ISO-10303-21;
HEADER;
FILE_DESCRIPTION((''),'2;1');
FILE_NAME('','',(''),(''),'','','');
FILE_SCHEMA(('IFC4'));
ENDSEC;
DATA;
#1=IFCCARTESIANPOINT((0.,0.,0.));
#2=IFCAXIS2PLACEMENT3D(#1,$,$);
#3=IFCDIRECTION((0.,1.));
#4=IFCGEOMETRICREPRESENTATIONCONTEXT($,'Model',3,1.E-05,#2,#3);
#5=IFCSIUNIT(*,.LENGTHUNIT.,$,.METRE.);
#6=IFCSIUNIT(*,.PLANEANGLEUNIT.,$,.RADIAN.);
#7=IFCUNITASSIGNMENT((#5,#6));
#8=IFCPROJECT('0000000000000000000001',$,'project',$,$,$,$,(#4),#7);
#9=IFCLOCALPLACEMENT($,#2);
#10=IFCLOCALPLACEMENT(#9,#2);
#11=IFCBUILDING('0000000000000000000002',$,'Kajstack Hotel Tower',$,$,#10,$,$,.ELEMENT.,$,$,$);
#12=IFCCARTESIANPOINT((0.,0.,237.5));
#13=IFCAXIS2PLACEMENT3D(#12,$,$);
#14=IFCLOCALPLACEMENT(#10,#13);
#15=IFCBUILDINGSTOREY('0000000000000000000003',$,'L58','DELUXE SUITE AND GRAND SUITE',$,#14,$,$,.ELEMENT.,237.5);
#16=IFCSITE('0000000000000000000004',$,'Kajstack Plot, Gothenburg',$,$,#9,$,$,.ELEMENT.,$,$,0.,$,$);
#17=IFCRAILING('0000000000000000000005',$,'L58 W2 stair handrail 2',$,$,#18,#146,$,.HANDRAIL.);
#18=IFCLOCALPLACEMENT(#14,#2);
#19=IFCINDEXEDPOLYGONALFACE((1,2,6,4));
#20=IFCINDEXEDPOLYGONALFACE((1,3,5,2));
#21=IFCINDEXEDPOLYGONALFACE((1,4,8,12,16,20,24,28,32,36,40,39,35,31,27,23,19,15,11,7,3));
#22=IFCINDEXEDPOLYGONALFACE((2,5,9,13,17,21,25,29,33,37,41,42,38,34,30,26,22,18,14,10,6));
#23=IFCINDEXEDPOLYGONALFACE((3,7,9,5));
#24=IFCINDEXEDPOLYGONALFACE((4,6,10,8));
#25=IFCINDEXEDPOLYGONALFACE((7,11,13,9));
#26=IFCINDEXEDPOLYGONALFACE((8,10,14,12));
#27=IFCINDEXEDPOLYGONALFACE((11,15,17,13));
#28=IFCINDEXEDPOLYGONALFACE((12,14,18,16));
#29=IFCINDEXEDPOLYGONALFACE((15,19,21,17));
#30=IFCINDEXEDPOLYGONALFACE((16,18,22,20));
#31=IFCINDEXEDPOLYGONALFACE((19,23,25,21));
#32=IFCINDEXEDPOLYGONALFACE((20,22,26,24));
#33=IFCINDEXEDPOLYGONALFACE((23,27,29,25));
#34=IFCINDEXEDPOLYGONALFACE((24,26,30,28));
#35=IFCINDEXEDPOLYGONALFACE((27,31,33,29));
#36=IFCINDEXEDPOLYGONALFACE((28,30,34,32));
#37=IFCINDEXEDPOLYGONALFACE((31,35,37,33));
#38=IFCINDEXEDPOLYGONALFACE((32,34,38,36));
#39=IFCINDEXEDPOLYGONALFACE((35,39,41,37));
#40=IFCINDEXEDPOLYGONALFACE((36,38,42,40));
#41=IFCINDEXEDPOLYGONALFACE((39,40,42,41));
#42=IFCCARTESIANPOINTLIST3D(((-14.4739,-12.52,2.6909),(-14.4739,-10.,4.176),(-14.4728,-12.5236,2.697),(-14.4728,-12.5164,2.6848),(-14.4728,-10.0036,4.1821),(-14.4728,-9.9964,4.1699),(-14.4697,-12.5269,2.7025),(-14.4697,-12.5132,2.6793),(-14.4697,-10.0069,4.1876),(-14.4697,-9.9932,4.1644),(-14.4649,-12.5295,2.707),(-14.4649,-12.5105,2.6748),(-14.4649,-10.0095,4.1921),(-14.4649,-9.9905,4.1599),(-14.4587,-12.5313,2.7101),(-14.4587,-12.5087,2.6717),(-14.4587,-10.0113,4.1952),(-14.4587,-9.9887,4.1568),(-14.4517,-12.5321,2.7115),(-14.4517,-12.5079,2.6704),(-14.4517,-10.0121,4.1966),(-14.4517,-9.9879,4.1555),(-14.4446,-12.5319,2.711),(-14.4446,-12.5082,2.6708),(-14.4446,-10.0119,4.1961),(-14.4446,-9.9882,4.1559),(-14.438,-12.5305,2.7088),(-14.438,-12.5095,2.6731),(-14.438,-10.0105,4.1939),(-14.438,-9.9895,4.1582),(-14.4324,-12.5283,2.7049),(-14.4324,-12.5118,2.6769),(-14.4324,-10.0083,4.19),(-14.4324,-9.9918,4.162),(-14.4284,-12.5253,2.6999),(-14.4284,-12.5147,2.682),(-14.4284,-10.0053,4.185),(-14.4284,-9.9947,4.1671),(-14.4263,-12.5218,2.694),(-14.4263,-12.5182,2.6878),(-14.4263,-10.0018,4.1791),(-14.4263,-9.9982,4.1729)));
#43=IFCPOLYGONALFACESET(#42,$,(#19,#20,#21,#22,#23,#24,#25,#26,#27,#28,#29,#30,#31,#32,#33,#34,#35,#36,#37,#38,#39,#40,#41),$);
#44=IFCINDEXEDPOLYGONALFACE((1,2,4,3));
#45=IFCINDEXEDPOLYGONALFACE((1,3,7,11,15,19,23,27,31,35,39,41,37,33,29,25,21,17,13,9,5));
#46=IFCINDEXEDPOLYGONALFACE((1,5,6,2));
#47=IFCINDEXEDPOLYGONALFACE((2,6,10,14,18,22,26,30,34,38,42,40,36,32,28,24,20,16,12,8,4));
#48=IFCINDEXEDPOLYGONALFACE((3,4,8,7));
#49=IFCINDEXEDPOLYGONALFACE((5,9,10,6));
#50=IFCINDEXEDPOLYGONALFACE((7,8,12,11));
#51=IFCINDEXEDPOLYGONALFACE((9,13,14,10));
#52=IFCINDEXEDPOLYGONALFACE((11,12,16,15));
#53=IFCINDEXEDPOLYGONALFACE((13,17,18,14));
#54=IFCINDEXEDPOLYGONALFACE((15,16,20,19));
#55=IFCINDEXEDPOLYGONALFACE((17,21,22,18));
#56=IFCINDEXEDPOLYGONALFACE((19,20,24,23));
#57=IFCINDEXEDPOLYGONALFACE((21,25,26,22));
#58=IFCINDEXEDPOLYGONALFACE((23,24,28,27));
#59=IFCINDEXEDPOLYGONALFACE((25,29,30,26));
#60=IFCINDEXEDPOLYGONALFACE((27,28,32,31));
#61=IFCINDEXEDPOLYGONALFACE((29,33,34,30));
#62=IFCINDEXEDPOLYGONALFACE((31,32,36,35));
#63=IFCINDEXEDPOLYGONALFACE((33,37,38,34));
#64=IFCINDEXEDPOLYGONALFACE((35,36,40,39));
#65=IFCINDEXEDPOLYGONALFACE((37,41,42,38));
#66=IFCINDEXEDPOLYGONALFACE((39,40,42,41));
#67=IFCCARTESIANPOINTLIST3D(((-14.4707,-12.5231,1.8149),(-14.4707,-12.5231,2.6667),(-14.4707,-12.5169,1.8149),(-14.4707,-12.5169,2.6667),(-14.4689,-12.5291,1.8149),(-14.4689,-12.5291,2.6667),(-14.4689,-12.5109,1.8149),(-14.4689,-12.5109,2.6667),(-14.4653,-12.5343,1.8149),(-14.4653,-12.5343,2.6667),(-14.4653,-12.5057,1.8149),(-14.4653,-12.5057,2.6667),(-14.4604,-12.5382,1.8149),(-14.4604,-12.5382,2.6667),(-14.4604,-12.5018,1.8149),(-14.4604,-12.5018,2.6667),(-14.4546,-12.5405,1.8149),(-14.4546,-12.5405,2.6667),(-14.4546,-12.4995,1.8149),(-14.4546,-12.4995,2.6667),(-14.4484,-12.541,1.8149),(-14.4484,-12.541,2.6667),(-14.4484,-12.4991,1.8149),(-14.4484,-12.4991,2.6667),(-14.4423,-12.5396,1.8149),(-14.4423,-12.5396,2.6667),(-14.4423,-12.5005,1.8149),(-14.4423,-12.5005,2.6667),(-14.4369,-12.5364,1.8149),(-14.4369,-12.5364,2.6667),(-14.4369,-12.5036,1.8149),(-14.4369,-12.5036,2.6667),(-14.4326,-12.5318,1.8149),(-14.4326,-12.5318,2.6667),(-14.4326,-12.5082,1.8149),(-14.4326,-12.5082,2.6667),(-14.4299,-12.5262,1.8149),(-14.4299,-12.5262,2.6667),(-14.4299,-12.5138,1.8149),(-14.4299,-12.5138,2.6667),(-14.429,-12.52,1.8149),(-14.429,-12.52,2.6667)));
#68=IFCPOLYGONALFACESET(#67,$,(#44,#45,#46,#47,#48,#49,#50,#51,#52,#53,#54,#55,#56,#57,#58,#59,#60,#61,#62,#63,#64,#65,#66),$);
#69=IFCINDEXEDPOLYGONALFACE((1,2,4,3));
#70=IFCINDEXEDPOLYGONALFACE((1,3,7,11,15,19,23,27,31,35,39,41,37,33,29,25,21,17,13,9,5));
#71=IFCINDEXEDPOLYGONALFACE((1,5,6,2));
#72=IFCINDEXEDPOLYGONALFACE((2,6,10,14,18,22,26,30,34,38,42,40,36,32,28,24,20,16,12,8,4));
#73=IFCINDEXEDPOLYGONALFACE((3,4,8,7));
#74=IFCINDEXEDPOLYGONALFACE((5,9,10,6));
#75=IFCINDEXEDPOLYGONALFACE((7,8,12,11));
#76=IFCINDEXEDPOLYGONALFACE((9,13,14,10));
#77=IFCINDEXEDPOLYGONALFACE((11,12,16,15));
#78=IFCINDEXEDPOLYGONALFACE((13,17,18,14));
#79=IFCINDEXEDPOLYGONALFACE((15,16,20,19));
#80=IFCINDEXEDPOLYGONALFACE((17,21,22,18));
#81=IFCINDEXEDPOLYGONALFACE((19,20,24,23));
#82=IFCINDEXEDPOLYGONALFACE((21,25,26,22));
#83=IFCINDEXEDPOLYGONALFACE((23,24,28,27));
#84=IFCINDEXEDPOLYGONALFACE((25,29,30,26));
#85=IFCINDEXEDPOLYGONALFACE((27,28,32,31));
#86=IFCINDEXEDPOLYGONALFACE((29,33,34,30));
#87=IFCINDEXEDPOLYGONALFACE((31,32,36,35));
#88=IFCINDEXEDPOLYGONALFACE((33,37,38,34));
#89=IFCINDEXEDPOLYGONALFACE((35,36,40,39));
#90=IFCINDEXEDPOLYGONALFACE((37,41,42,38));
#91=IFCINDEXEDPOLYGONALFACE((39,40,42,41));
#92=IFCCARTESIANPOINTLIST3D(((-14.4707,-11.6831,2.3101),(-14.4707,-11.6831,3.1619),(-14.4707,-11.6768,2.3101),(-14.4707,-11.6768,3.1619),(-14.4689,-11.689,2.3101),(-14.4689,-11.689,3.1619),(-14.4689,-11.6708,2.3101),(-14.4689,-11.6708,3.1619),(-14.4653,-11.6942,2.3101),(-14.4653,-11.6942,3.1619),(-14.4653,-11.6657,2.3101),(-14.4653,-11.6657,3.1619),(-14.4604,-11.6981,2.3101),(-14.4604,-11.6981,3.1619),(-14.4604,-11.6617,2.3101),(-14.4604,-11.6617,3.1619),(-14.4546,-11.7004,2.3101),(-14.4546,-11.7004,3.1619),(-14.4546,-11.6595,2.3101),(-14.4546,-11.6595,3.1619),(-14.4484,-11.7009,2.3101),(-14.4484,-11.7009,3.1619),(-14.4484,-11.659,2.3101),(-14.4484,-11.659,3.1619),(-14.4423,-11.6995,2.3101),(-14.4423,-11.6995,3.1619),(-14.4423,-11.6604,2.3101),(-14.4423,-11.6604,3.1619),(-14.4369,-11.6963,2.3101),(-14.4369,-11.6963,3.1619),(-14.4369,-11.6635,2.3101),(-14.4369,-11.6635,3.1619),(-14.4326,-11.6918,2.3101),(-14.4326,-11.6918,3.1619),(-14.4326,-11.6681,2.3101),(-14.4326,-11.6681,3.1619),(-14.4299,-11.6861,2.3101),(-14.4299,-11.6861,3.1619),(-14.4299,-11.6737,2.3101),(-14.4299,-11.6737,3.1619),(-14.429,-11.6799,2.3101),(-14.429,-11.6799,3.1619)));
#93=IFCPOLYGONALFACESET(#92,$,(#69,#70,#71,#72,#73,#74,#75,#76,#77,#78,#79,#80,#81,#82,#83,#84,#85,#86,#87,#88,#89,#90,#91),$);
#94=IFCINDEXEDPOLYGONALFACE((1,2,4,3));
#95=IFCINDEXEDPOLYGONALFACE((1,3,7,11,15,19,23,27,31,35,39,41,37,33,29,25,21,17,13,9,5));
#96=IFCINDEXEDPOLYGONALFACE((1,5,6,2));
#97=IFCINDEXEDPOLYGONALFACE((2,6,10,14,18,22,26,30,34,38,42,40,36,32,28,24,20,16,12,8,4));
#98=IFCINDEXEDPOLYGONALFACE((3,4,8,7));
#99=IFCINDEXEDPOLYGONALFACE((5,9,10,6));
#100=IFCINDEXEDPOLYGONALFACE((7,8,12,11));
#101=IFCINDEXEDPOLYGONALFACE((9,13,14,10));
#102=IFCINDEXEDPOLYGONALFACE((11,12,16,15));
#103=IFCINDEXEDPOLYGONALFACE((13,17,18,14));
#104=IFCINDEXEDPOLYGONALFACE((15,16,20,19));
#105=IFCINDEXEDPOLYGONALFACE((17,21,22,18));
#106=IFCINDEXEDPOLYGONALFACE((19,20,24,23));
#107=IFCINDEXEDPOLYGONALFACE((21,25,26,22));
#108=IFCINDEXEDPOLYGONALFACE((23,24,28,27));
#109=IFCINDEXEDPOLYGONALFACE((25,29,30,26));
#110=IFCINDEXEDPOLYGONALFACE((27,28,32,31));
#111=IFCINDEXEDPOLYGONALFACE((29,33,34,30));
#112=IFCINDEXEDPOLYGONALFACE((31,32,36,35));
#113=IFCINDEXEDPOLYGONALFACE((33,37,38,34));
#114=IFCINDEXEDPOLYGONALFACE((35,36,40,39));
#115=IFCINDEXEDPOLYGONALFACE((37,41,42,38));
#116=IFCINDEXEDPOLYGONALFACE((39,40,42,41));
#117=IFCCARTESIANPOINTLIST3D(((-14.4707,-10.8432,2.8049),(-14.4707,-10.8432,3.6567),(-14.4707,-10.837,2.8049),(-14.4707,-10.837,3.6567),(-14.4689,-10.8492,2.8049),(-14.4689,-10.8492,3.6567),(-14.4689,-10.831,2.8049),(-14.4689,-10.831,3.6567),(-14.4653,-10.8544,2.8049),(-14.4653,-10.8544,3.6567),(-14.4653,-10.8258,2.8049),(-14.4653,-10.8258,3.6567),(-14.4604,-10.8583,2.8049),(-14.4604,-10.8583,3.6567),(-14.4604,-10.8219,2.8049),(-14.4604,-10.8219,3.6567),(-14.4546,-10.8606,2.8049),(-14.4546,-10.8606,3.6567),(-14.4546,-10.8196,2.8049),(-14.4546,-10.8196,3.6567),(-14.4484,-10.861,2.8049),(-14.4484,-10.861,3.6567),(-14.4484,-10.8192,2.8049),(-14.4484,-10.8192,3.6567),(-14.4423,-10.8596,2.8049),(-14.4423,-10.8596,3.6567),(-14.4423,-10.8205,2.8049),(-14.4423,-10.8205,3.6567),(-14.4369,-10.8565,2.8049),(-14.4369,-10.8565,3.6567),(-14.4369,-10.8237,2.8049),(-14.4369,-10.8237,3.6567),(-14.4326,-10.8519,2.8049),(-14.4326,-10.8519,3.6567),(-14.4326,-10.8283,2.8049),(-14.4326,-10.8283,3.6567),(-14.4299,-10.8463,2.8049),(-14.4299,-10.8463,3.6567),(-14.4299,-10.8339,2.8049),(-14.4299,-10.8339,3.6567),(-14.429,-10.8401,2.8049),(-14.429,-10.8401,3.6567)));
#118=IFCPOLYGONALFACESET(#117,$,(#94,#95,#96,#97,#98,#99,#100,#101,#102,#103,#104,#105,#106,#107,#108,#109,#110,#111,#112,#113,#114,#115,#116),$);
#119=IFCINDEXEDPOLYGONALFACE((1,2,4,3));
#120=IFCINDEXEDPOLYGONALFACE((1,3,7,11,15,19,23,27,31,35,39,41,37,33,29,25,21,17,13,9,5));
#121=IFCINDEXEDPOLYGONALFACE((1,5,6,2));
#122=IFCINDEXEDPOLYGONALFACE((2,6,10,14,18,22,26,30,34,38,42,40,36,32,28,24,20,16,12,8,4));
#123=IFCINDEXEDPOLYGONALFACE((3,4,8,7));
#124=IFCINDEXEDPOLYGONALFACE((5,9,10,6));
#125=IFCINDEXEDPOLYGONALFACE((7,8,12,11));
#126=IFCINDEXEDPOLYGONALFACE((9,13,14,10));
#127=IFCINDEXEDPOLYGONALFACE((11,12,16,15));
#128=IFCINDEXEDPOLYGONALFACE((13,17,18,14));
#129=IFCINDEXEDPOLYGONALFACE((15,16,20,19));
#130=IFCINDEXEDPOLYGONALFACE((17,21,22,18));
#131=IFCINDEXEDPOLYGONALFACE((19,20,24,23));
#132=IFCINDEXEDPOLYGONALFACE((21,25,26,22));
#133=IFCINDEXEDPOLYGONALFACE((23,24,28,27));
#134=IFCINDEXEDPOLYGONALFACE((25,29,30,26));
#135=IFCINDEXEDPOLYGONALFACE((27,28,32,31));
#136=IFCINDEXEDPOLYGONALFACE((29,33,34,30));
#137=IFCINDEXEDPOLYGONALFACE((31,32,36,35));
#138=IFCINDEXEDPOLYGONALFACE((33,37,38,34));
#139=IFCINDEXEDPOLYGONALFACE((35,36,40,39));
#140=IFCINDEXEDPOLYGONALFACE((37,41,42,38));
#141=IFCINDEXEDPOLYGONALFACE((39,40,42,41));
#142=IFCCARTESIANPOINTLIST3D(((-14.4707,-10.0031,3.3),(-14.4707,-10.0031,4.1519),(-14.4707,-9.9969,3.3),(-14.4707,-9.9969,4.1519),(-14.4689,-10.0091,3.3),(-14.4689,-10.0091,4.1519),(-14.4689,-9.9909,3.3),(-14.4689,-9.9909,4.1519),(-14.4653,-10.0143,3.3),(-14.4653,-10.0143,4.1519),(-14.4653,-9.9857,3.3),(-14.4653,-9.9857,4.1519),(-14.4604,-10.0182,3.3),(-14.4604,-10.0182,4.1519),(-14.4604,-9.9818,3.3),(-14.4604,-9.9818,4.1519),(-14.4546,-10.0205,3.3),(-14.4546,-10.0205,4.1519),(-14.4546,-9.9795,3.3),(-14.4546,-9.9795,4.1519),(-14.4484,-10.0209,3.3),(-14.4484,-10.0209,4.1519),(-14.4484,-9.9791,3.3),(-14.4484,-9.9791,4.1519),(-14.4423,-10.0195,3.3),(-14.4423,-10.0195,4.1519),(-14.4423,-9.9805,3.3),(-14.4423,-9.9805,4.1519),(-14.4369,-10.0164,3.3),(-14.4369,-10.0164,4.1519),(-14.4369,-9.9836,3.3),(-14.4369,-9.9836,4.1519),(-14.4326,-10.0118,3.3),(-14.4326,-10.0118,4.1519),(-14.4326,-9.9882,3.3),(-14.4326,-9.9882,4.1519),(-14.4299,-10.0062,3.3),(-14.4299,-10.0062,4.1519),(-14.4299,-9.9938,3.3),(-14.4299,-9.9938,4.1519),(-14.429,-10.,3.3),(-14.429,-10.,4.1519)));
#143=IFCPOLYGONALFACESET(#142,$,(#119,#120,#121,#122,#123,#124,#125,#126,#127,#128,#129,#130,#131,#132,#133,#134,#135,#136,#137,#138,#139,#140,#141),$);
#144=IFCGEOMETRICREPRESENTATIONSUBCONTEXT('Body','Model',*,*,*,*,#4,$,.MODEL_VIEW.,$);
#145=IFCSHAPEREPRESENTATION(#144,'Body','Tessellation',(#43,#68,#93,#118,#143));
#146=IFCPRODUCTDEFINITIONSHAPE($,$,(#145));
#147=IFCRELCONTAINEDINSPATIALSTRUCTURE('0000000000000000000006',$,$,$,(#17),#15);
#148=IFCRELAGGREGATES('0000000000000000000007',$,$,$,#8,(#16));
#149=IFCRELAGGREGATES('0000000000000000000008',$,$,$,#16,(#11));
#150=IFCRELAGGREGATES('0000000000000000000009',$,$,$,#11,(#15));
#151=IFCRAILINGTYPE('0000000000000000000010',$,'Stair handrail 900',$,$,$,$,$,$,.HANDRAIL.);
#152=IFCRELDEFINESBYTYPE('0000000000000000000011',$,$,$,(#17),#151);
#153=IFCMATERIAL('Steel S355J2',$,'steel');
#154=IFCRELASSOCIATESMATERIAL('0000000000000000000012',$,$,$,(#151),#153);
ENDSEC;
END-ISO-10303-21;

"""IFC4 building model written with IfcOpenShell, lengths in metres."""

from ifc_helpers import new_model, si_unit, direction, frame, origin, origin_2d, place, context, subcontext, project, spatial, circle, extrude, material, type_object, element, save


model = new_model("IFC4")

# Units and contexts
model_context = context("Model", 3, precision=1e-05, world=origin(), true_north=direction((0.0, 1.0)))
body_context = subcontext(model_context, "Body", "Model", "MODEL_VIEW")
ifc_project = project(units=[si_unit("LENGTHUNIT", "METRE"), si_unit("PLANEANGLEUNIT", "RADIAN")], contexts=[model_context])

# Site, building, storey
site_placement = place(None, origin())
site = spatial("IfcSite", under=ifc_project, at=site_placement, Name="Kajstack Plot, Gothenburg", CompositionType="ELEMENT", RefElevation=0.0)
building_placement = place(site_placement, origin())
building = spatial("IfcBuilding", under=site, at=building_placement, Name="Kajstack Hotel Tower", CompositionType="ELEMENT")
storey_placement = place(building_placement, frame((0.0, 0.0, 237.5)))
storey = spatial("IfcBuildingStorey", under=building, at=storey_placement, Name="L58", Description="DELUXE SUITE AND GRAND SUITE", CompositionType="ELEMENT", Elevation=237.5)

# Railing
ifc_material_1 = material(Name="Steel S355J2", Category="steel")
railing_type = type_object("IfcRailingType", Name="Stair handrail 900", PredefinedType="HANDRAIL", material=ifc_material_1)
railing_placement = place(storey_placement, frame((-14.45, -12.52, 1.8149)))
element("IfcRailing", 1, at=railing_placement, inside=storey, type_object=railing_type, Name="L58 W2 stair handrail 2", PredefinedType="HANDRAIL", context=body_context, shape_type="SweptSolid", body=[
    extrude(circle(Radius=0.0239, at=origin_2d()), frame((0.0, 0.0, 0.876), z_axis=(0.0, 0.861524, 0.507717), x_axis=(-1.0, 0.0, 0.0)), (0.0, 0.0, 1.0), 2.925),
    extrude(circle(Radius=0.021, at=origin_2d()), origin(), (0.0, 0.0, 1.0), 0.8518),
    extrude(circle(Radius=0.021, at=origin_2d()), frame((0.0, 0.8401, 0.4951)), (0.0, 0.0, 1.0), 0.8518),
    extrude(circle(Radius=0.021, at=origin_2d()), frame((0.0, 1.6799, 0.99)), (0.0, 0.0, 1.0), 0.8518),
    extrude(circle(Radius=0.021, at=origin_2d()), frame((0.0, 2.52, 1.4851)), (0.0, 0.0, 1.0), 0.8518),
])

save(model, "model.ifc")
